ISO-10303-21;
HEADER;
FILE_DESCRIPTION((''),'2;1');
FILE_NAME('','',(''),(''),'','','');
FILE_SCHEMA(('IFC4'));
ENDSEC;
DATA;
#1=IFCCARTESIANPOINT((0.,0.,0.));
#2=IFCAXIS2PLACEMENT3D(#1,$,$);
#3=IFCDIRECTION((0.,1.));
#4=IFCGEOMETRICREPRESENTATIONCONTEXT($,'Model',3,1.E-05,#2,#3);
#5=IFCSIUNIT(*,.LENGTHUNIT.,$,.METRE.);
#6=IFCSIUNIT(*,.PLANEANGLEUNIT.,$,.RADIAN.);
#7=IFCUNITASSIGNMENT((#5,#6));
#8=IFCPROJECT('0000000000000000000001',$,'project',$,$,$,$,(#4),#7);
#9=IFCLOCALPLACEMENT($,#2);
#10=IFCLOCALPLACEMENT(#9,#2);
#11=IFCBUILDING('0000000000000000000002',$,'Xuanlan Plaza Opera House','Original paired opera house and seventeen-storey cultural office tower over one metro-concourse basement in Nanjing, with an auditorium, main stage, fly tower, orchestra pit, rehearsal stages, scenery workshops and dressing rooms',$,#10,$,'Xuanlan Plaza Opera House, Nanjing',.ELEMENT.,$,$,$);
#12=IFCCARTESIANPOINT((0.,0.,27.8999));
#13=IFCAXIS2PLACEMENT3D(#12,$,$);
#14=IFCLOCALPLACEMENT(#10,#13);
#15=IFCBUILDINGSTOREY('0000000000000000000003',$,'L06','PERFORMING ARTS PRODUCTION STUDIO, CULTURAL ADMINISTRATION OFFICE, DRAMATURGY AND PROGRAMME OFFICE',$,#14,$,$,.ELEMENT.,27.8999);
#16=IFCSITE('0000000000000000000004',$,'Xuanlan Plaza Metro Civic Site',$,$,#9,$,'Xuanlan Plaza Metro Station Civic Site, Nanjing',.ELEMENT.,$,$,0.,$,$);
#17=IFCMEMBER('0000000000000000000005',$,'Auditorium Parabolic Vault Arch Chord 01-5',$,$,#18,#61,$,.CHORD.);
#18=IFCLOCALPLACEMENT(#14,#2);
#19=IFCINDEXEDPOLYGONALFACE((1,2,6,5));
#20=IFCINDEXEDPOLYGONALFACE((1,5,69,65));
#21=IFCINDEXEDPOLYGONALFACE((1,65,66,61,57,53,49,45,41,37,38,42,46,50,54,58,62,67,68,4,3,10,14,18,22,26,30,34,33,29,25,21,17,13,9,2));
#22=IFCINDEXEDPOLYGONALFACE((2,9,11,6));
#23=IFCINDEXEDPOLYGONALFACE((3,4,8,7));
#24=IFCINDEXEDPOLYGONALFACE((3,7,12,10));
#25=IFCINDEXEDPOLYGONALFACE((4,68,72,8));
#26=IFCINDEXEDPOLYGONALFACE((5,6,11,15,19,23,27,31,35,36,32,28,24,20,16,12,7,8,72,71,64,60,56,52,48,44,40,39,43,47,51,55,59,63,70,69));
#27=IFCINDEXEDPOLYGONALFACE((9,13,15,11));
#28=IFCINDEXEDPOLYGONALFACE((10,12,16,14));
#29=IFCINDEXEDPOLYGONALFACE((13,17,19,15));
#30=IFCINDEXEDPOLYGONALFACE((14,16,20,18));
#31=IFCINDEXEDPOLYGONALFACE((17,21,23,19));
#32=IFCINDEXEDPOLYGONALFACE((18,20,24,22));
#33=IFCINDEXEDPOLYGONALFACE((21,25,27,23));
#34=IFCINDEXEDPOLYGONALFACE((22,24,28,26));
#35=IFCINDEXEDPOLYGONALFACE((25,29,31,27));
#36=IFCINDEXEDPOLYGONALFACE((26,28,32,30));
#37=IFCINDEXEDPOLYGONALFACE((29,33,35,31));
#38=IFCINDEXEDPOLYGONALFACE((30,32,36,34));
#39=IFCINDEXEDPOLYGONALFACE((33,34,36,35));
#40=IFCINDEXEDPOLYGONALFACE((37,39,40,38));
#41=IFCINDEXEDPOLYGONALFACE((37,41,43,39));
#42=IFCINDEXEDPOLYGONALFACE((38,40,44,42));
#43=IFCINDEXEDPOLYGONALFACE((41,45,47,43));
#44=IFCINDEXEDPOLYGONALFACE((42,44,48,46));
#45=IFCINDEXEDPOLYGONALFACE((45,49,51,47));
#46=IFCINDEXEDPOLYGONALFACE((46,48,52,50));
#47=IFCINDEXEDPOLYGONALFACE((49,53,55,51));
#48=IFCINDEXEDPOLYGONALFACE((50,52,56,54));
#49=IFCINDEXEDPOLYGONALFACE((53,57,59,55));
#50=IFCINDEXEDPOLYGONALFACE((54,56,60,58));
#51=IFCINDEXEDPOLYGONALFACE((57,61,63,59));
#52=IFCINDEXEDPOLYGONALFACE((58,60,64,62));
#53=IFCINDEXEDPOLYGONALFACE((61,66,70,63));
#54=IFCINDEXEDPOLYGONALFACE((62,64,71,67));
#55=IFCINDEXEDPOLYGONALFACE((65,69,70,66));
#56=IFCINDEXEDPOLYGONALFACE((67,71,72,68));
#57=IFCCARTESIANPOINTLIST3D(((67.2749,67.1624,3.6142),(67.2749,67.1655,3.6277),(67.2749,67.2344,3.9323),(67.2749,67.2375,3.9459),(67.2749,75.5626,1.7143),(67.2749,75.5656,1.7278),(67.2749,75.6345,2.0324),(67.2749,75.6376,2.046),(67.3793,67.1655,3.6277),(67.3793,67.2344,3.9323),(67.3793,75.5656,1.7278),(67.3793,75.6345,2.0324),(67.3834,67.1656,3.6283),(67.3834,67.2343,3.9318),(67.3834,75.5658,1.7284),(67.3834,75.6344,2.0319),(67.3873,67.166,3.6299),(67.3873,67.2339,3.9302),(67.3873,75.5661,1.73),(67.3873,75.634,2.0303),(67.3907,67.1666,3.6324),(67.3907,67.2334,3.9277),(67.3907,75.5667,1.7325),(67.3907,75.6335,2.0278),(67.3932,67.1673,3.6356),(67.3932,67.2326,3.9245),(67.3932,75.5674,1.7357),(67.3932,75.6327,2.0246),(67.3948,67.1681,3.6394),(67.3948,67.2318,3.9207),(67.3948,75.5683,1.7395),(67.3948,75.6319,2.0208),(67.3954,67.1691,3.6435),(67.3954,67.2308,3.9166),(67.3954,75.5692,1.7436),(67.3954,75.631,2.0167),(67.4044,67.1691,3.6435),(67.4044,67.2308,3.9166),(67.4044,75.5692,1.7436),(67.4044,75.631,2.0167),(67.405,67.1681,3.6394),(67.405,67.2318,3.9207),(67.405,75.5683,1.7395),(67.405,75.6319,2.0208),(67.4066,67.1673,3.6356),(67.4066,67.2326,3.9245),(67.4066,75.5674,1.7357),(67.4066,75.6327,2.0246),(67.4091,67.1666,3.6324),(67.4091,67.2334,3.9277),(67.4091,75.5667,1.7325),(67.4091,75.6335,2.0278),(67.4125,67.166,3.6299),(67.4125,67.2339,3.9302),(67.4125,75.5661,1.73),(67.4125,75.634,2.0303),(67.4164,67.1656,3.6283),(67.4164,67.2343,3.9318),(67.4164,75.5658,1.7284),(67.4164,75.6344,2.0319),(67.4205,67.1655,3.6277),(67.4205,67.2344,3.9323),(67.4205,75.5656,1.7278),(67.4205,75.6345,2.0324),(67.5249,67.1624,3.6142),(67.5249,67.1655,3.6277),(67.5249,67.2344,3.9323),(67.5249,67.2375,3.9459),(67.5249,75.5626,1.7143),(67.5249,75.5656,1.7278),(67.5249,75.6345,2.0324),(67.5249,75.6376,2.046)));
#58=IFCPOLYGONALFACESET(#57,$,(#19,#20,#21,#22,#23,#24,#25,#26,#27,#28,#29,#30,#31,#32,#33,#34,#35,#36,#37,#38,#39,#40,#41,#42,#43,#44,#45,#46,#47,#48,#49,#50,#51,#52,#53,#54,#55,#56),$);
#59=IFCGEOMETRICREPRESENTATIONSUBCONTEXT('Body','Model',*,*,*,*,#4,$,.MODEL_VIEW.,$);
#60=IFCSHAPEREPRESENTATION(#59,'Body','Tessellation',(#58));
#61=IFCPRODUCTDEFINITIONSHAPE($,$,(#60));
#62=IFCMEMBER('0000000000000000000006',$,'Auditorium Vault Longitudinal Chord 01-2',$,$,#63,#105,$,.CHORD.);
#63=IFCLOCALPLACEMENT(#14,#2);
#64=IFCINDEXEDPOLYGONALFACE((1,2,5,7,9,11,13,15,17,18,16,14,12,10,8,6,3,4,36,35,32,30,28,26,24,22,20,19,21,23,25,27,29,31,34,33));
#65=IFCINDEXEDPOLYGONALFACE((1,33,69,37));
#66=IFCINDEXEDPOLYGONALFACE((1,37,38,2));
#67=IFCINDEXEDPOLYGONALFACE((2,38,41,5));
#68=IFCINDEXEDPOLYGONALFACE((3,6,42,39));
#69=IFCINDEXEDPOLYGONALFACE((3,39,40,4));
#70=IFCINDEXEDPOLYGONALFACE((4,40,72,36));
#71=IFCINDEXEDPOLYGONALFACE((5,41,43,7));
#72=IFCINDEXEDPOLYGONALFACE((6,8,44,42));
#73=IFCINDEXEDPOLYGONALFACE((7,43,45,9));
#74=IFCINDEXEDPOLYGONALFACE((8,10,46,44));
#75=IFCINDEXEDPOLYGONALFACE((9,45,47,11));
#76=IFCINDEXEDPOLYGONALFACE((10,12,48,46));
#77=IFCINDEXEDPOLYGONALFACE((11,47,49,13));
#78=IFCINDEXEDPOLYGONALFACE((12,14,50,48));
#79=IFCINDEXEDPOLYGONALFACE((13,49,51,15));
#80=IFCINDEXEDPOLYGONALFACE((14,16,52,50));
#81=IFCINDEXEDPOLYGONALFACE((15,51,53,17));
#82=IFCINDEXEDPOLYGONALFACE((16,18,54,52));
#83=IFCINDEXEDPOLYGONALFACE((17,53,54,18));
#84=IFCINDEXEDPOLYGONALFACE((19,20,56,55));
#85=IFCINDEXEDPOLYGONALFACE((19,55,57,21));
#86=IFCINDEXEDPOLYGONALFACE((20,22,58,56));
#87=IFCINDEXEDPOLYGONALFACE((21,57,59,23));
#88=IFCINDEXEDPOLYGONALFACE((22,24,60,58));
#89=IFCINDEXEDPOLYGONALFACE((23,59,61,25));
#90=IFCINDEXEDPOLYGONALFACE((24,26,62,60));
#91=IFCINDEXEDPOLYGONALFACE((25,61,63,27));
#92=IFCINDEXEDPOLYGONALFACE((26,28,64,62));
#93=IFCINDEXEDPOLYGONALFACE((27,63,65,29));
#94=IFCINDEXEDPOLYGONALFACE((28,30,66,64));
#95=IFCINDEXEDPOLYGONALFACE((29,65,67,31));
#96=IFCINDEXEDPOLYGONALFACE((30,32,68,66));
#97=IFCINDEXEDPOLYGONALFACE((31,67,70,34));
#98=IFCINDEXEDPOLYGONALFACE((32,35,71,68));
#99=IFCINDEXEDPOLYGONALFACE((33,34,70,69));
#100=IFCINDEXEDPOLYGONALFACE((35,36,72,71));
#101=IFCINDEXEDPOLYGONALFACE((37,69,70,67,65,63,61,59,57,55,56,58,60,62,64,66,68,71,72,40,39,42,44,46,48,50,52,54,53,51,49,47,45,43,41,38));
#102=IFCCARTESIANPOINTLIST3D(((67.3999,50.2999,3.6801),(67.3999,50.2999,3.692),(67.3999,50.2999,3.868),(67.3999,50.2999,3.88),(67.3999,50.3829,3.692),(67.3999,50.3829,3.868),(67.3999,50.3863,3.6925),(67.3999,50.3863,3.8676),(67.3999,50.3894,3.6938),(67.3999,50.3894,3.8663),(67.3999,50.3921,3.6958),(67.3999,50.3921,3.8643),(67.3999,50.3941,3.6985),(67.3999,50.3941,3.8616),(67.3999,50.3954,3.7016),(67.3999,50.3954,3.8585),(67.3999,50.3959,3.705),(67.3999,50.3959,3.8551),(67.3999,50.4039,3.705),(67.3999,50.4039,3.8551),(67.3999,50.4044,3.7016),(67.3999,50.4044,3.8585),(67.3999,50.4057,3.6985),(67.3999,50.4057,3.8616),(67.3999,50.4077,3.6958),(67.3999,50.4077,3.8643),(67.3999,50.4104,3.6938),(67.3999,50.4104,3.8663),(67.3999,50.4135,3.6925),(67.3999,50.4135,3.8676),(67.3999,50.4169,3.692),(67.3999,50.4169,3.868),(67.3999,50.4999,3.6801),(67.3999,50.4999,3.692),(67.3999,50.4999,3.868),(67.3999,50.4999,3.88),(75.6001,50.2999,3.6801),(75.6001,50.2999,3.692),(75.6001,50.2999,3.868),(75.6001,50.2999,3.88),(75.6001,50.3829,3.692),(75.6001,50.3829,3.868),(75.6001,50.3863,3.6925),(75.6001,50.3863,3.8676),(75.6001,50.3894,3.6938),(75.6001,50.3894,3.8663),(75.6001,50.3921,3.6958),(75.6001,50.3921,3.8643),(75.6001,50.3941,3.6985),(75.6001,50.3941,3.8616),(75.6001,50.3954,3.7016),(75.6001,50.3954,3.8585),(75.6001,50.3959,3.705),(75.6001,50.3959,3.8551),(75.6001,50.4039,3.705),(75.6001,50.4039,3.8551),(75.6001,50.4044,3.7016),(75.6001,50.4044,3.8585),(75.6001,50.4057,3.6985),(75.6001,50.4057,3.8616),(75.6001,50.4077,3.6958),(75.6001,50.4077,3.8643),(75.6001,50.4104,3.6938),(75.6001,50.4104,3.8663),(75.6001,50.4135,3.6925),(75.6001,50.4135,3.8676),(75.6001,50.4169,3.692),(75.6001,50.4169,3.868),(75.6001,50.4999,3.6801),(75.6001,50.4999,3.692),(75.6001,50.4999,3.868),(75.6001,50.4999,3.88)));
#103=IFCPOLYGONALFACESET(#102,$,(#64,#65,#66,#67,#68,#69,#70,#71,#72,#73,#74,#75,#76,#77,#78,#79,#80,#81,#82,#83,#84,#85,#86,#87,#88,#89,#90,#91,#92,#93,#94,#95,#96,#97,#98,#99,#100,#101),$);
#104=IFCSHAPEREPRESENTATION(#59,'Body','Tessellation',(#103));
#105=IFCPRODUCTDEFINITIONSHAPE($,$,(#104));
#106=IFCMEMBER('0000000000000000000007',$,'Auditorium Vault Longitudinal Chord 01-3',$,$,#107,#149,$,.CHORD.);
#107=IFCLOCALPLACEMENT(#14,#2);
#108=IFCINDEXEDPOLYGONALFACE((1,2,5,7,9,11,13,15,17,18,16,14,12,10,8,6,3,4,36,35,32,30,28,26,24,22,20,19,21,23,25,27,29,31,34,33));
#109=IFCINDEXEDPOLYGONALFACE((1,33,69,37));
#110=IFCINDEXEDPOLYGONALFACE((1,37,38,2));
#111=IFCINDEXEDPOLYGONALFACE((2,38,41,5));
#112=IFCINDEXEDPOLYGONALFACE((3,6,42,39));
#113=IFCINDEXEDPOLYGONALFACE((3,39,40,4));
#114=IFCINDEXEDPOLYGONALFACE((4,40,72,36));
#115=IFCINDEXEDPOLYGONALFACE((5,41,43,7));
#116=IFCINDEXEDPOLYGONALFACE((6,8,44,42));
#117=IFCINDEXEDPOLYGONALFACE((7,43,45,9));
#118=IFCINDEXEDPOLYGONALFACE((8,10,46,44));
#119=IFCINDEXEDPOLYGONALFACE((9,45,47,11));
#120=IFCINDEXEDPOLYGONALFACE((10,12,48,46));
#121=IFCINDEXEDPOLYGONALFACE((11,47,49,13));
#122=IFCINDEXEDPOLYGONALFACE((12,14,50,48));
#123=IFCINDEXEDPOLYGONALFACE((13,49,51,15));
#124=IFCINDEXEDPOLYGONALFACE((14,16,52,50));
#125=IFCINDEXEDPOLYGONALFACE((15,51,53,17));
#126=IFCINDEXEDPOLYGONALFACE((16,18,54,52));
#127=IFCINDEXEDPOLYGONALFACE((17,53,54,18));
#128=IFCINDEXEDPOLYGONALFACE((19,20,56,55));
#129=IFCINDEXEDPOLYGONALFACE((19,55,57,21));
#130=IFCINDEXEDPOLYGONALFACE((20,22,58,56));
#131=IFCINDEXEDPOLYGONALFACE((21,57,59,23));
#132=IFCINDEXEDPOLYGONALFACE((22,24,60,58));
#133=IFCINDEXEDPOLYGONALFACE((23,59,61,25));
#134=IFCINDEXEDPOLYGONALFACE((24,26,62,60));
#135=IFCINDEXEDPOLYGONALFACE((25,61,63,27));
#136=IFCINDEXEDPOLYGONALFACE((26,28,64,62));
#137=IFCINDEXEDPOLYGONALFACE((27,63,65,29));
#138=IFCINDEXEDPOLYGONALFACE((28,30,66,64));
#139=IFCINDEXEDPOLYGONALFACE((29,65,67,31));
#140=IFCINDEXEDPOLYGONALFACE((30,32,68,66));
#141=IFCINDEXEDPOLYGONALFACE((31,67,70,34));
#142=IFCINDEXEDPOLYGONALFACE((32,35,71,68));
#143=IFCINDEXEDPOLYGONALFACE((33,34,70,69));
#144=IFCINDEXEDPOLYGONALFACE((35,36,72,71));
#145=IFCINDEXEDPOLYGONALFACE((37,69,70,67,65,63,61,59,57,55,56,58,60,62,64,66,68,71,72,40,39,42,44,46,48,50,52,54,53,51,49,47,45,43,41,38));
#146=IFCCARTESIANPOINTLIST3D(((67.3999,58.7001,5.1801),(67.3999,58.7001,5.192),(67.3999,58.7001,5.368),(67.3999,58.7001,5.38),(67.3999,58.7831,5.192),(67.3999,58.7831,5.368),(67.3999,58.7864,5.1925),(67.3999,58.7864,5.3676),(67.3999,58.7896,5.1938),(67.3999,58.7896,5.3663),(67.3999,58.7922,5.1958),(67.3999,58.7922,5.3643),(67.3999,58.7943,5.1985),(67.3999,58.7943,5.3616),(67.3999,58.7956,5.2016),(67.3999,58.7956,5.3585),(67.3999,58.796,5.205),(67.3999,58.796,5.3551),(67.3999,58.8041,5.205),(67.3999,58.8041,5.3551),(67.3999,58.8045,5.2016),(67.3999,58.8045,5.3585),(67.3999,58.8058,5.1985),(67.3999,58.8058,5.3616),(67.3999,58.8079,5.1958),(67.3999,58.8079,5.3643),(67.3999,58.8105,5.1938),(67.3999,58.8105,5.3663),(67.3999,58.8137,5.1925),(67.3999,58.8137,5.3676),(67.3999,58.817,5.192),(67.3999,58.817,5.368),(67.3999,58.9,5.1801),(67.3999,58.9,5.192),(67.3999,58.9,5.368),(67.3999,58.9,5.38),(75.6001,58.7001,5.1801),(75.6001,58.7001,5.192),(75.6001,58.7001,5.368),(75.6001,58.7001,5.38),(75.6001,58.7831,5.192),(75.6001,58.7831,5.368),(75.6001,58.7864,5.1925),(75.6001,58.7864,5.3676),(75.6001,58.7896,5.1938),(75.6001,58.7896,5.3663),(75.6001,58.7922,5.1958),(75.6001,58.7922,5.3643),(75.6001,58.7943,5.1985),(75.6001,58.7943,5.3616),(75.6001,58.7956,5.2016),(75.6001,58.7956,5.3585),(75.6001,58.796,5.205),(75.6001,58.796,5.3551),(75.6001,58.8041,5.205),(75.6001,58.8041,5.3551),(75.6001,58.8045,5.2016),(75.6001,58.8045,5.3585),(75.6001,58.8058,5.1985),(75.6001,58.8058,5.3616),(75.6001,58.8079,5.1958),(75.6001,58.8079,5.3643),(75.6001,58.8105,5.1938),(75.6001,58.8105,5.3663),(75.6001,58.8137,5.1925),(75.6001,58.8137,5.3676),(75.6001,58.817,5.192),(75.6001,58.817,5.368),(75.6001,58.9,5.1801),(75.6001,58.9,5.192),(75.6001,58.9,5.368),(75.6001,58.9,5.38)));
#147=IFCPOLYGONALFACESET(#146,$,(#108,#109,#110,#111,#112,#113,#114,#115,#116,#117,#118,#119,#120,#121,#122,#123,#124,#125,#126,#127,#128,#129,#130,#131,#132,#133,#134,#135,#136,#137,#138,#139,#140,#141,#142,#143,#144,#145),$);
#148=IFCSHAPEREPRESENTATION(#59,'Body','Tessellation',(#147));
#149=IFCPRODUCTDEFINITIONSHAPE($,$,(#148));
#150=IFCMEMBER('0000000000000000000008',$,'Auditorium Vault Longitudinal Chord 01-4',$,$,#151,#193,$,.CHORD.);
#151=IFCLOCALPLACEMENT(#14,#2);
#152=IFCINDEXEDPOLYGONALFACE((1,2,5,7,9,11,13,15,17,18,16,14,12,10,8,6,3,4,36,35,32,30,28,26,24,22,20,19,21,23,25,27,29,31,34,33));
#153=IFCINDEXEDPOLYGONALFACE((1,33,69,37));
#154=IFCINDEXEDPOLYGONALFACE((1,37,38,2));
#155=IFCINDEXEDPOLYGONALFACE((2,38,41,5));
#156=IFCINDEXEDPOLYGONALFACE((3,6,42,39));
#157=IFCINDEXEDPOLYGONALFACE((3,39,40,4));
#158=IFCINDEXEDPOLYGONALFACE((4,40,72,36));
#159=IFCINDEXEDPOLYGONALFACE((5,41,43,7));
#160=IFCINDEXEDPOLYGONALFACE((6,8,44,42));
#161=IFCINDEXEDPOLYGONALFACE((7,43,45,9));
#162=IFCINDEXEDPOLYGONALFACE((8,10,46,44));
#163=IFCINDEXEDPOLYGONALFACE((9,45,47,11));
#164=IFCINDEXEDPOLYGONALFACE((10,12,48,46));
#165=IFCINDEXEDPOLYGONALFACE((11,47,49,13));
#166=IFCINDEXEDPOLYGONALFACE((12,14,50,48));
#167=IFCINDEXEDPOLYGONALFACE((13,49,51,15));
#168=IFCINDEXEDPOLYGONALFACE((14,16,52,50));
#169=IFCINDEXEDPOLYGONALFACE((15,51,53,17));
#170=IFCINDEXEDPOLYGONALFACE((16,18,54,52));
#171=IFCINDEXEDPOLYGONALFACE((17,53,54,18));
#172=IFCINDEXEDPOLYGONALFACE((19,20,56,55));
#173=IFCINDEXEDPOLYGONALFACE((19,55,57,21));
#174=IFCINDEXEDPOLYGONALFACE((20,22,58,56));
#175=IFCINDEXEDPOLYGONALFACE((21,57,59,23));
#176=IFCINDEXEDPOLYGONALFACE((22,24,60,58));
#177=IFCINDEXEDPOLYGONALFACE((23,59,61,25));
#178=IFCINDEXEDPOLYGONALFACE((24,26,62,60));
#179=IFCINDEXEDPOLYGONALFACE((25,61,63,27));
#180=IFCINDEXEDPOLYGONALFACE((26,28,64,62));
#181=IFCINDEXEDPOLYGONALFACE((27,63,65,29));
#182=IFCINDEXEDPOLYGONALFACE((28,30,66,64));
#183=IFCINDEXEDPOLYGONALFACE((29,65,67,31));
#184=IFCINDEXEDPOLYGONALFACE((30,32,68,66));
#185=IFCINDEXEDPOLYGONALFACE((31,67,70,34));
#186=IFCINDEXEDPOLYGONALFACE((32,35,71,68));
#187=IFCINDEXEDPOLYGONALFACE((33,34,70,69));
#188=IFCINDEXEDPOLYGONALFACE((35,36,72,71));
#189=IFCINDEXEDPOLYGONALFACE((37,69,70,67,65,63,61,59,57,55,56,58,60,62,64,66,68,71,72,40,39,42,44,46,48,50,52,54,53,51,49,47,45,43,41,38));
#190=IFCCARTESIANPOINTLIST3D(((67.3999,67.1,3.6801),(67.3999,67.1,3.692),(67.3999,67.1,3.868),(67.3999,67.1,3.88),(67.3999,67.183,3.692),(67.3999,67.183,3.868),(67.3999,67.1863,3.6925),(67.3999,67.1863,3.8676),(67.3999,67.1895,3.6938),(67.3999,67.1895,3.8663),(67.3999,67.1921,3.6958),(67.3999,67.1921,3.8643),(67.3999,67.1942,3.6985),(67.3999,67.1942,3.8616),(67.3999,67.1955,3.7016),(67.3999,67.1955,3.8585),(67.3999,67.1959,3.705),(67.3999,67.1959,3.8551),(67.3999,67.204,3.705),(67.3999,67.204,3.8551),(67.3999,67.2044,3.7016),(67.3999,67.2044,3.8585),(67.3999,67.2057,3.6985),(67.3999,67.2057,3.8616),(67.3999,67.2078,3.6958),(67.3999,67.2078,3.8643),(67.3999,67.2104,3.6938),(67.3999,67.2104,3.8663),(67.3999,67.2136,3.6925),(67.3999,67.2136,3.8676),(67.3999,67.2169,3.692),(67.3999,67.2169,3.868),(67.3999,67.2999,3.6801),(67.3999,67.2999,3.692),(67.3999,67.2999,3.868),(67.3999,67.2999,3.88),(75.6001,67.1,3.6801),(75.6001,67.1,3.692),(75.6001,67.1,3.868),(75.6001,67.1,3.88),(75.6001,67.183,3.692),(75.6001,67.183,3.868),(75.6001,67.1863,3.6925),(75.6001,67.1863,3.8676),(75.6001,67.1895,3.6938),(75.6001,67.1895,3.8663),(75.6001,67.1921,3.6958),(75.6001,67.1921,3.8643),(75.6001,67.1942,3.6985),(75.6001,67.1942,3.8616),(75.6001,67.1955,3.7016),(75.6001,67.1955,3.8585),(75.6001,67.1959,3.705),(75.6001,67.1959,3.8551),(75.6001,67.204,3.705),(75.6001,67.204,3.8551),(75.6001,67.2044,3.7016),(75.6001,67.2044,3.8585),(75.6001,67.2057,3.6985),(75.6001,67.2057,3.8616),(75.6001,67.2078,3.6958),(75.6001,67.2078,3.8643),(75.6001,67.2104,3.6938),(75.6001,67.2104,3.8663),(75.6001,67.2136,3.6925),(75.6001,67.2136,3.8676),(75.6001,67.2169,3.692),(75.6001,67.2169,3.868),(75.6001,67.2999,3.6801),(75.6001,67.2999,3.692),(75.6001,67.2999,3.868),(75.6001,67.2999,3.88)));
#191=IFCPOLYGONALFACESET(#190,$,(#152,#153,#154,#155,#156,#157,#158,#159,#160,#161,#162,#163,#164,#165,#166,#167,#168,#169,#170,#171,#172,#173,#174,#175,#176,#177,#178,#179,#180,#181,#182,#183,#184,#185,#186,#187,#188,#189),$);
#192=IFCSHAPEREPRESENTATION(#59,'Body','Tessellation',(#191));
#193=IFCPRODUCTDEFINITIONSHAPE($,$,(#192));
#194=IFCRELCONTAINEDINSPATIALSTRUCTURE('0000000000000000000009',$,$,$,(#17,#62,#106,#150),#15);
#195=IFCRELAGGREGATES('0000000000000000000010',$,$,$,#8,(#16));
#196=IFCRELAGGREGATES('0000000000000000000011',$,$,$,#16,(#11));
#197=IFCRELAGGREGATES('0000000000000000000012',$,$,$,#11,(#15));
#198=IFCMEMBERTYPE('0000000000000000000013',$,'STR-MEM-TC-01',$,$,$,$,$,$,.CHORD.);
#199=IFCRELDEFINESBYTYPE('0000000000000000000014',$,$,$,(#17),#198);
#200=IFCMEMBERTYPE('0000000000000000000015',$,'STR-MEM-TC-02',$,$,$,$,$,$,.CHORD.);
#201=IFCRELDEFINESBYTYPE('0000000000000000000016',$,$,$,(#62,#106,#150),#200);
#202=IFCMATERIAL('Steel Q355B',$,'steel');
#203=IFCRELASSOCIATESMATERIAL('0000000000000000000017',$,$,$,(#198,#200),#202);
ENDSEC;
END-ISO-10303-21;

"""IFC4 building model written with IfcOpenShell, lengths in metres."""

from ifc_helpers import new_model, si_unit, direction, frame, origin, origin_2d, place, context, subcontext, project, spatial, i_section, extrude, material, material_profile, profile_set, type_object, element, save


model = new_model("IFC4")

# Units and contexts
model_context = context("Model", 3, precision=1e-05, world=origin(), true_north=direction((0.0, 1.0)))
body_context = subcontext(model_context, "Body", "Model", "MODEL_VIEW")
ifc_project = project(units=[si_unit("LENGTHUNIT", "METRE"), si_unit("PLANEANGLEUNIT", "RADIAN")], contexts=[model_context])

# Site, building, storey
site_placement = place(None, origin())
site = spatial("IfcSite", under=ifc_project, at=site_placement, Name="Xuanlan Plaza Metro Civic Site", LongName="Xuanlan Plaza Metro Station Civic Site, Nanjing", CompositionType="ELEMENT", RefElevation=0.0)
building_placement = place(site_placement, origin())
building = spatial("IfcBuilding", under=site, at=building_placement, Name="Xuanlan Plaza Opera House", Description="Original paired opera house and seventeen-storey cultural office tower over one metro-concourse basement in Nanjing, with an auditorium, main stage, fly tower, orchestra pit, rehearsal stages, scenery workshops and dressing rooms", LongName="Xuanlan Plaza Opera House, Nanjing", CompositionType="ELEMENT")
storey_placement = place(building_placement, frame((0.0, 0.0, 27.8999)))
storey = spatial("IfcBuildingStorey", under=building, at=storey_placement, Name="L06", Description="PERFORMING ARTS PRODUCTION STUDIO, CULTURAL ADMINISTRATION OFFICE, DRAMATURGY AND PROGRAMME OFFICE", CompositionType="ELEMENT", Elevation=27.8999)

# Members
ifc_material_1 = material(Name="Steel Q355B", Category="steel")
ifc_material_profile_1 = material_profile(ifc_material_1, i_section(OverallWidth=0.25, OverallDepth=0.3401, WebThickness=0.009, FlangeThickness=0.0139, FilletRadius=0.0161, at=origin_2d()), Name="HM 340x250x9x14")
ifc_profile_set_1 = profile_set([ifc_material_profile_1], Name="Steel Q355B")
member_type_1 = type_object("IfcMemberType", Name="STR-MEM-TC-01", PredefinedType="CHORD", material=ifc_profile_set_1)
member_1_placement = place(storey_placement, frame((67.3999, 67.2, 3.78), z_axis=(0.0, 0.975364, -0.220603), x_axis=(-1.0, 0.0, 0.0)))
element("IfcMember", 1, at=member_1_placement, inside=storey, type_object=member_type_1, Name="Auditorium Parabolic Vault Arch Chord 01-5", PredefinedType="CHORD", context=body_context, shape_type="SweptSolid", body=[
    extrude(i_section(OverallWidth=0.25, OverallDepth=0.3401, WebThickness=0.009, FlangeThickness=0.0139, FilletRadius=0.0161, at=origin_2d()), origin(), (0.0, 0.0, 1.0), 8.6123),
])
ifc_material_profile_2 = material_profile(ifc_material_1, i_section(OverallWidth=0.2, OverallDepth=0.2, WebThickness=0.0081, FlangeThickness=0.012, FilletRadius=0.0129, at=origin_2d()), Name="HW 200x200x8x12")
ifc_profile_set_2 = profile_set([ifc_material_profile_2], Name="Steel Q355B")
member_type_2 = type_object("IfcMemberType", Name="STR-MEM-TC-02", PredefinedType="CHORD", material=ifc_profile_set_2)
for number, where, z_axis, x_axis, name in (
    (2, (67.3999, 50.3999, 3.78), (1.0, 0.0, 0.0), (0.0, 1.0, 0.0), "Auditorium Vault Longitudinal Chord 01-2"),
    (3, (67.3999, 58.8, 5.28), (1.0, 0.0, 0.0), (0.0, 1.0, 0.0), "Auditorium Vault Longitudinal Chord 01-3"),
    (4, (67.3999, 67.2, 3.78), (1.0, 0.0, 0.0), (0.0, 1.0, 0.0), "Auditorium Vault Longitudinal Chord 01-4"),
):
    element("IfcMember", number, at=place(storey_placement, frame(where, z_axis=z_axis, x_axis=x_axis)), inside=storey, type_object=member_type_2, Name=name, PredefinedType="CHORD", context=body_context, shape_type="SweptSolid", body=[
        extrude(i_section(OverallWidth=0.2, OverallDepth=0.2, WebThickness=0.0081, FlangeThickness=0.012, FilletRadius=0.0129, at=origin_2d()), origin(), (0.0, 0.0, 1.0), 8.2002),
    ])

save(model, "model.ifc")
